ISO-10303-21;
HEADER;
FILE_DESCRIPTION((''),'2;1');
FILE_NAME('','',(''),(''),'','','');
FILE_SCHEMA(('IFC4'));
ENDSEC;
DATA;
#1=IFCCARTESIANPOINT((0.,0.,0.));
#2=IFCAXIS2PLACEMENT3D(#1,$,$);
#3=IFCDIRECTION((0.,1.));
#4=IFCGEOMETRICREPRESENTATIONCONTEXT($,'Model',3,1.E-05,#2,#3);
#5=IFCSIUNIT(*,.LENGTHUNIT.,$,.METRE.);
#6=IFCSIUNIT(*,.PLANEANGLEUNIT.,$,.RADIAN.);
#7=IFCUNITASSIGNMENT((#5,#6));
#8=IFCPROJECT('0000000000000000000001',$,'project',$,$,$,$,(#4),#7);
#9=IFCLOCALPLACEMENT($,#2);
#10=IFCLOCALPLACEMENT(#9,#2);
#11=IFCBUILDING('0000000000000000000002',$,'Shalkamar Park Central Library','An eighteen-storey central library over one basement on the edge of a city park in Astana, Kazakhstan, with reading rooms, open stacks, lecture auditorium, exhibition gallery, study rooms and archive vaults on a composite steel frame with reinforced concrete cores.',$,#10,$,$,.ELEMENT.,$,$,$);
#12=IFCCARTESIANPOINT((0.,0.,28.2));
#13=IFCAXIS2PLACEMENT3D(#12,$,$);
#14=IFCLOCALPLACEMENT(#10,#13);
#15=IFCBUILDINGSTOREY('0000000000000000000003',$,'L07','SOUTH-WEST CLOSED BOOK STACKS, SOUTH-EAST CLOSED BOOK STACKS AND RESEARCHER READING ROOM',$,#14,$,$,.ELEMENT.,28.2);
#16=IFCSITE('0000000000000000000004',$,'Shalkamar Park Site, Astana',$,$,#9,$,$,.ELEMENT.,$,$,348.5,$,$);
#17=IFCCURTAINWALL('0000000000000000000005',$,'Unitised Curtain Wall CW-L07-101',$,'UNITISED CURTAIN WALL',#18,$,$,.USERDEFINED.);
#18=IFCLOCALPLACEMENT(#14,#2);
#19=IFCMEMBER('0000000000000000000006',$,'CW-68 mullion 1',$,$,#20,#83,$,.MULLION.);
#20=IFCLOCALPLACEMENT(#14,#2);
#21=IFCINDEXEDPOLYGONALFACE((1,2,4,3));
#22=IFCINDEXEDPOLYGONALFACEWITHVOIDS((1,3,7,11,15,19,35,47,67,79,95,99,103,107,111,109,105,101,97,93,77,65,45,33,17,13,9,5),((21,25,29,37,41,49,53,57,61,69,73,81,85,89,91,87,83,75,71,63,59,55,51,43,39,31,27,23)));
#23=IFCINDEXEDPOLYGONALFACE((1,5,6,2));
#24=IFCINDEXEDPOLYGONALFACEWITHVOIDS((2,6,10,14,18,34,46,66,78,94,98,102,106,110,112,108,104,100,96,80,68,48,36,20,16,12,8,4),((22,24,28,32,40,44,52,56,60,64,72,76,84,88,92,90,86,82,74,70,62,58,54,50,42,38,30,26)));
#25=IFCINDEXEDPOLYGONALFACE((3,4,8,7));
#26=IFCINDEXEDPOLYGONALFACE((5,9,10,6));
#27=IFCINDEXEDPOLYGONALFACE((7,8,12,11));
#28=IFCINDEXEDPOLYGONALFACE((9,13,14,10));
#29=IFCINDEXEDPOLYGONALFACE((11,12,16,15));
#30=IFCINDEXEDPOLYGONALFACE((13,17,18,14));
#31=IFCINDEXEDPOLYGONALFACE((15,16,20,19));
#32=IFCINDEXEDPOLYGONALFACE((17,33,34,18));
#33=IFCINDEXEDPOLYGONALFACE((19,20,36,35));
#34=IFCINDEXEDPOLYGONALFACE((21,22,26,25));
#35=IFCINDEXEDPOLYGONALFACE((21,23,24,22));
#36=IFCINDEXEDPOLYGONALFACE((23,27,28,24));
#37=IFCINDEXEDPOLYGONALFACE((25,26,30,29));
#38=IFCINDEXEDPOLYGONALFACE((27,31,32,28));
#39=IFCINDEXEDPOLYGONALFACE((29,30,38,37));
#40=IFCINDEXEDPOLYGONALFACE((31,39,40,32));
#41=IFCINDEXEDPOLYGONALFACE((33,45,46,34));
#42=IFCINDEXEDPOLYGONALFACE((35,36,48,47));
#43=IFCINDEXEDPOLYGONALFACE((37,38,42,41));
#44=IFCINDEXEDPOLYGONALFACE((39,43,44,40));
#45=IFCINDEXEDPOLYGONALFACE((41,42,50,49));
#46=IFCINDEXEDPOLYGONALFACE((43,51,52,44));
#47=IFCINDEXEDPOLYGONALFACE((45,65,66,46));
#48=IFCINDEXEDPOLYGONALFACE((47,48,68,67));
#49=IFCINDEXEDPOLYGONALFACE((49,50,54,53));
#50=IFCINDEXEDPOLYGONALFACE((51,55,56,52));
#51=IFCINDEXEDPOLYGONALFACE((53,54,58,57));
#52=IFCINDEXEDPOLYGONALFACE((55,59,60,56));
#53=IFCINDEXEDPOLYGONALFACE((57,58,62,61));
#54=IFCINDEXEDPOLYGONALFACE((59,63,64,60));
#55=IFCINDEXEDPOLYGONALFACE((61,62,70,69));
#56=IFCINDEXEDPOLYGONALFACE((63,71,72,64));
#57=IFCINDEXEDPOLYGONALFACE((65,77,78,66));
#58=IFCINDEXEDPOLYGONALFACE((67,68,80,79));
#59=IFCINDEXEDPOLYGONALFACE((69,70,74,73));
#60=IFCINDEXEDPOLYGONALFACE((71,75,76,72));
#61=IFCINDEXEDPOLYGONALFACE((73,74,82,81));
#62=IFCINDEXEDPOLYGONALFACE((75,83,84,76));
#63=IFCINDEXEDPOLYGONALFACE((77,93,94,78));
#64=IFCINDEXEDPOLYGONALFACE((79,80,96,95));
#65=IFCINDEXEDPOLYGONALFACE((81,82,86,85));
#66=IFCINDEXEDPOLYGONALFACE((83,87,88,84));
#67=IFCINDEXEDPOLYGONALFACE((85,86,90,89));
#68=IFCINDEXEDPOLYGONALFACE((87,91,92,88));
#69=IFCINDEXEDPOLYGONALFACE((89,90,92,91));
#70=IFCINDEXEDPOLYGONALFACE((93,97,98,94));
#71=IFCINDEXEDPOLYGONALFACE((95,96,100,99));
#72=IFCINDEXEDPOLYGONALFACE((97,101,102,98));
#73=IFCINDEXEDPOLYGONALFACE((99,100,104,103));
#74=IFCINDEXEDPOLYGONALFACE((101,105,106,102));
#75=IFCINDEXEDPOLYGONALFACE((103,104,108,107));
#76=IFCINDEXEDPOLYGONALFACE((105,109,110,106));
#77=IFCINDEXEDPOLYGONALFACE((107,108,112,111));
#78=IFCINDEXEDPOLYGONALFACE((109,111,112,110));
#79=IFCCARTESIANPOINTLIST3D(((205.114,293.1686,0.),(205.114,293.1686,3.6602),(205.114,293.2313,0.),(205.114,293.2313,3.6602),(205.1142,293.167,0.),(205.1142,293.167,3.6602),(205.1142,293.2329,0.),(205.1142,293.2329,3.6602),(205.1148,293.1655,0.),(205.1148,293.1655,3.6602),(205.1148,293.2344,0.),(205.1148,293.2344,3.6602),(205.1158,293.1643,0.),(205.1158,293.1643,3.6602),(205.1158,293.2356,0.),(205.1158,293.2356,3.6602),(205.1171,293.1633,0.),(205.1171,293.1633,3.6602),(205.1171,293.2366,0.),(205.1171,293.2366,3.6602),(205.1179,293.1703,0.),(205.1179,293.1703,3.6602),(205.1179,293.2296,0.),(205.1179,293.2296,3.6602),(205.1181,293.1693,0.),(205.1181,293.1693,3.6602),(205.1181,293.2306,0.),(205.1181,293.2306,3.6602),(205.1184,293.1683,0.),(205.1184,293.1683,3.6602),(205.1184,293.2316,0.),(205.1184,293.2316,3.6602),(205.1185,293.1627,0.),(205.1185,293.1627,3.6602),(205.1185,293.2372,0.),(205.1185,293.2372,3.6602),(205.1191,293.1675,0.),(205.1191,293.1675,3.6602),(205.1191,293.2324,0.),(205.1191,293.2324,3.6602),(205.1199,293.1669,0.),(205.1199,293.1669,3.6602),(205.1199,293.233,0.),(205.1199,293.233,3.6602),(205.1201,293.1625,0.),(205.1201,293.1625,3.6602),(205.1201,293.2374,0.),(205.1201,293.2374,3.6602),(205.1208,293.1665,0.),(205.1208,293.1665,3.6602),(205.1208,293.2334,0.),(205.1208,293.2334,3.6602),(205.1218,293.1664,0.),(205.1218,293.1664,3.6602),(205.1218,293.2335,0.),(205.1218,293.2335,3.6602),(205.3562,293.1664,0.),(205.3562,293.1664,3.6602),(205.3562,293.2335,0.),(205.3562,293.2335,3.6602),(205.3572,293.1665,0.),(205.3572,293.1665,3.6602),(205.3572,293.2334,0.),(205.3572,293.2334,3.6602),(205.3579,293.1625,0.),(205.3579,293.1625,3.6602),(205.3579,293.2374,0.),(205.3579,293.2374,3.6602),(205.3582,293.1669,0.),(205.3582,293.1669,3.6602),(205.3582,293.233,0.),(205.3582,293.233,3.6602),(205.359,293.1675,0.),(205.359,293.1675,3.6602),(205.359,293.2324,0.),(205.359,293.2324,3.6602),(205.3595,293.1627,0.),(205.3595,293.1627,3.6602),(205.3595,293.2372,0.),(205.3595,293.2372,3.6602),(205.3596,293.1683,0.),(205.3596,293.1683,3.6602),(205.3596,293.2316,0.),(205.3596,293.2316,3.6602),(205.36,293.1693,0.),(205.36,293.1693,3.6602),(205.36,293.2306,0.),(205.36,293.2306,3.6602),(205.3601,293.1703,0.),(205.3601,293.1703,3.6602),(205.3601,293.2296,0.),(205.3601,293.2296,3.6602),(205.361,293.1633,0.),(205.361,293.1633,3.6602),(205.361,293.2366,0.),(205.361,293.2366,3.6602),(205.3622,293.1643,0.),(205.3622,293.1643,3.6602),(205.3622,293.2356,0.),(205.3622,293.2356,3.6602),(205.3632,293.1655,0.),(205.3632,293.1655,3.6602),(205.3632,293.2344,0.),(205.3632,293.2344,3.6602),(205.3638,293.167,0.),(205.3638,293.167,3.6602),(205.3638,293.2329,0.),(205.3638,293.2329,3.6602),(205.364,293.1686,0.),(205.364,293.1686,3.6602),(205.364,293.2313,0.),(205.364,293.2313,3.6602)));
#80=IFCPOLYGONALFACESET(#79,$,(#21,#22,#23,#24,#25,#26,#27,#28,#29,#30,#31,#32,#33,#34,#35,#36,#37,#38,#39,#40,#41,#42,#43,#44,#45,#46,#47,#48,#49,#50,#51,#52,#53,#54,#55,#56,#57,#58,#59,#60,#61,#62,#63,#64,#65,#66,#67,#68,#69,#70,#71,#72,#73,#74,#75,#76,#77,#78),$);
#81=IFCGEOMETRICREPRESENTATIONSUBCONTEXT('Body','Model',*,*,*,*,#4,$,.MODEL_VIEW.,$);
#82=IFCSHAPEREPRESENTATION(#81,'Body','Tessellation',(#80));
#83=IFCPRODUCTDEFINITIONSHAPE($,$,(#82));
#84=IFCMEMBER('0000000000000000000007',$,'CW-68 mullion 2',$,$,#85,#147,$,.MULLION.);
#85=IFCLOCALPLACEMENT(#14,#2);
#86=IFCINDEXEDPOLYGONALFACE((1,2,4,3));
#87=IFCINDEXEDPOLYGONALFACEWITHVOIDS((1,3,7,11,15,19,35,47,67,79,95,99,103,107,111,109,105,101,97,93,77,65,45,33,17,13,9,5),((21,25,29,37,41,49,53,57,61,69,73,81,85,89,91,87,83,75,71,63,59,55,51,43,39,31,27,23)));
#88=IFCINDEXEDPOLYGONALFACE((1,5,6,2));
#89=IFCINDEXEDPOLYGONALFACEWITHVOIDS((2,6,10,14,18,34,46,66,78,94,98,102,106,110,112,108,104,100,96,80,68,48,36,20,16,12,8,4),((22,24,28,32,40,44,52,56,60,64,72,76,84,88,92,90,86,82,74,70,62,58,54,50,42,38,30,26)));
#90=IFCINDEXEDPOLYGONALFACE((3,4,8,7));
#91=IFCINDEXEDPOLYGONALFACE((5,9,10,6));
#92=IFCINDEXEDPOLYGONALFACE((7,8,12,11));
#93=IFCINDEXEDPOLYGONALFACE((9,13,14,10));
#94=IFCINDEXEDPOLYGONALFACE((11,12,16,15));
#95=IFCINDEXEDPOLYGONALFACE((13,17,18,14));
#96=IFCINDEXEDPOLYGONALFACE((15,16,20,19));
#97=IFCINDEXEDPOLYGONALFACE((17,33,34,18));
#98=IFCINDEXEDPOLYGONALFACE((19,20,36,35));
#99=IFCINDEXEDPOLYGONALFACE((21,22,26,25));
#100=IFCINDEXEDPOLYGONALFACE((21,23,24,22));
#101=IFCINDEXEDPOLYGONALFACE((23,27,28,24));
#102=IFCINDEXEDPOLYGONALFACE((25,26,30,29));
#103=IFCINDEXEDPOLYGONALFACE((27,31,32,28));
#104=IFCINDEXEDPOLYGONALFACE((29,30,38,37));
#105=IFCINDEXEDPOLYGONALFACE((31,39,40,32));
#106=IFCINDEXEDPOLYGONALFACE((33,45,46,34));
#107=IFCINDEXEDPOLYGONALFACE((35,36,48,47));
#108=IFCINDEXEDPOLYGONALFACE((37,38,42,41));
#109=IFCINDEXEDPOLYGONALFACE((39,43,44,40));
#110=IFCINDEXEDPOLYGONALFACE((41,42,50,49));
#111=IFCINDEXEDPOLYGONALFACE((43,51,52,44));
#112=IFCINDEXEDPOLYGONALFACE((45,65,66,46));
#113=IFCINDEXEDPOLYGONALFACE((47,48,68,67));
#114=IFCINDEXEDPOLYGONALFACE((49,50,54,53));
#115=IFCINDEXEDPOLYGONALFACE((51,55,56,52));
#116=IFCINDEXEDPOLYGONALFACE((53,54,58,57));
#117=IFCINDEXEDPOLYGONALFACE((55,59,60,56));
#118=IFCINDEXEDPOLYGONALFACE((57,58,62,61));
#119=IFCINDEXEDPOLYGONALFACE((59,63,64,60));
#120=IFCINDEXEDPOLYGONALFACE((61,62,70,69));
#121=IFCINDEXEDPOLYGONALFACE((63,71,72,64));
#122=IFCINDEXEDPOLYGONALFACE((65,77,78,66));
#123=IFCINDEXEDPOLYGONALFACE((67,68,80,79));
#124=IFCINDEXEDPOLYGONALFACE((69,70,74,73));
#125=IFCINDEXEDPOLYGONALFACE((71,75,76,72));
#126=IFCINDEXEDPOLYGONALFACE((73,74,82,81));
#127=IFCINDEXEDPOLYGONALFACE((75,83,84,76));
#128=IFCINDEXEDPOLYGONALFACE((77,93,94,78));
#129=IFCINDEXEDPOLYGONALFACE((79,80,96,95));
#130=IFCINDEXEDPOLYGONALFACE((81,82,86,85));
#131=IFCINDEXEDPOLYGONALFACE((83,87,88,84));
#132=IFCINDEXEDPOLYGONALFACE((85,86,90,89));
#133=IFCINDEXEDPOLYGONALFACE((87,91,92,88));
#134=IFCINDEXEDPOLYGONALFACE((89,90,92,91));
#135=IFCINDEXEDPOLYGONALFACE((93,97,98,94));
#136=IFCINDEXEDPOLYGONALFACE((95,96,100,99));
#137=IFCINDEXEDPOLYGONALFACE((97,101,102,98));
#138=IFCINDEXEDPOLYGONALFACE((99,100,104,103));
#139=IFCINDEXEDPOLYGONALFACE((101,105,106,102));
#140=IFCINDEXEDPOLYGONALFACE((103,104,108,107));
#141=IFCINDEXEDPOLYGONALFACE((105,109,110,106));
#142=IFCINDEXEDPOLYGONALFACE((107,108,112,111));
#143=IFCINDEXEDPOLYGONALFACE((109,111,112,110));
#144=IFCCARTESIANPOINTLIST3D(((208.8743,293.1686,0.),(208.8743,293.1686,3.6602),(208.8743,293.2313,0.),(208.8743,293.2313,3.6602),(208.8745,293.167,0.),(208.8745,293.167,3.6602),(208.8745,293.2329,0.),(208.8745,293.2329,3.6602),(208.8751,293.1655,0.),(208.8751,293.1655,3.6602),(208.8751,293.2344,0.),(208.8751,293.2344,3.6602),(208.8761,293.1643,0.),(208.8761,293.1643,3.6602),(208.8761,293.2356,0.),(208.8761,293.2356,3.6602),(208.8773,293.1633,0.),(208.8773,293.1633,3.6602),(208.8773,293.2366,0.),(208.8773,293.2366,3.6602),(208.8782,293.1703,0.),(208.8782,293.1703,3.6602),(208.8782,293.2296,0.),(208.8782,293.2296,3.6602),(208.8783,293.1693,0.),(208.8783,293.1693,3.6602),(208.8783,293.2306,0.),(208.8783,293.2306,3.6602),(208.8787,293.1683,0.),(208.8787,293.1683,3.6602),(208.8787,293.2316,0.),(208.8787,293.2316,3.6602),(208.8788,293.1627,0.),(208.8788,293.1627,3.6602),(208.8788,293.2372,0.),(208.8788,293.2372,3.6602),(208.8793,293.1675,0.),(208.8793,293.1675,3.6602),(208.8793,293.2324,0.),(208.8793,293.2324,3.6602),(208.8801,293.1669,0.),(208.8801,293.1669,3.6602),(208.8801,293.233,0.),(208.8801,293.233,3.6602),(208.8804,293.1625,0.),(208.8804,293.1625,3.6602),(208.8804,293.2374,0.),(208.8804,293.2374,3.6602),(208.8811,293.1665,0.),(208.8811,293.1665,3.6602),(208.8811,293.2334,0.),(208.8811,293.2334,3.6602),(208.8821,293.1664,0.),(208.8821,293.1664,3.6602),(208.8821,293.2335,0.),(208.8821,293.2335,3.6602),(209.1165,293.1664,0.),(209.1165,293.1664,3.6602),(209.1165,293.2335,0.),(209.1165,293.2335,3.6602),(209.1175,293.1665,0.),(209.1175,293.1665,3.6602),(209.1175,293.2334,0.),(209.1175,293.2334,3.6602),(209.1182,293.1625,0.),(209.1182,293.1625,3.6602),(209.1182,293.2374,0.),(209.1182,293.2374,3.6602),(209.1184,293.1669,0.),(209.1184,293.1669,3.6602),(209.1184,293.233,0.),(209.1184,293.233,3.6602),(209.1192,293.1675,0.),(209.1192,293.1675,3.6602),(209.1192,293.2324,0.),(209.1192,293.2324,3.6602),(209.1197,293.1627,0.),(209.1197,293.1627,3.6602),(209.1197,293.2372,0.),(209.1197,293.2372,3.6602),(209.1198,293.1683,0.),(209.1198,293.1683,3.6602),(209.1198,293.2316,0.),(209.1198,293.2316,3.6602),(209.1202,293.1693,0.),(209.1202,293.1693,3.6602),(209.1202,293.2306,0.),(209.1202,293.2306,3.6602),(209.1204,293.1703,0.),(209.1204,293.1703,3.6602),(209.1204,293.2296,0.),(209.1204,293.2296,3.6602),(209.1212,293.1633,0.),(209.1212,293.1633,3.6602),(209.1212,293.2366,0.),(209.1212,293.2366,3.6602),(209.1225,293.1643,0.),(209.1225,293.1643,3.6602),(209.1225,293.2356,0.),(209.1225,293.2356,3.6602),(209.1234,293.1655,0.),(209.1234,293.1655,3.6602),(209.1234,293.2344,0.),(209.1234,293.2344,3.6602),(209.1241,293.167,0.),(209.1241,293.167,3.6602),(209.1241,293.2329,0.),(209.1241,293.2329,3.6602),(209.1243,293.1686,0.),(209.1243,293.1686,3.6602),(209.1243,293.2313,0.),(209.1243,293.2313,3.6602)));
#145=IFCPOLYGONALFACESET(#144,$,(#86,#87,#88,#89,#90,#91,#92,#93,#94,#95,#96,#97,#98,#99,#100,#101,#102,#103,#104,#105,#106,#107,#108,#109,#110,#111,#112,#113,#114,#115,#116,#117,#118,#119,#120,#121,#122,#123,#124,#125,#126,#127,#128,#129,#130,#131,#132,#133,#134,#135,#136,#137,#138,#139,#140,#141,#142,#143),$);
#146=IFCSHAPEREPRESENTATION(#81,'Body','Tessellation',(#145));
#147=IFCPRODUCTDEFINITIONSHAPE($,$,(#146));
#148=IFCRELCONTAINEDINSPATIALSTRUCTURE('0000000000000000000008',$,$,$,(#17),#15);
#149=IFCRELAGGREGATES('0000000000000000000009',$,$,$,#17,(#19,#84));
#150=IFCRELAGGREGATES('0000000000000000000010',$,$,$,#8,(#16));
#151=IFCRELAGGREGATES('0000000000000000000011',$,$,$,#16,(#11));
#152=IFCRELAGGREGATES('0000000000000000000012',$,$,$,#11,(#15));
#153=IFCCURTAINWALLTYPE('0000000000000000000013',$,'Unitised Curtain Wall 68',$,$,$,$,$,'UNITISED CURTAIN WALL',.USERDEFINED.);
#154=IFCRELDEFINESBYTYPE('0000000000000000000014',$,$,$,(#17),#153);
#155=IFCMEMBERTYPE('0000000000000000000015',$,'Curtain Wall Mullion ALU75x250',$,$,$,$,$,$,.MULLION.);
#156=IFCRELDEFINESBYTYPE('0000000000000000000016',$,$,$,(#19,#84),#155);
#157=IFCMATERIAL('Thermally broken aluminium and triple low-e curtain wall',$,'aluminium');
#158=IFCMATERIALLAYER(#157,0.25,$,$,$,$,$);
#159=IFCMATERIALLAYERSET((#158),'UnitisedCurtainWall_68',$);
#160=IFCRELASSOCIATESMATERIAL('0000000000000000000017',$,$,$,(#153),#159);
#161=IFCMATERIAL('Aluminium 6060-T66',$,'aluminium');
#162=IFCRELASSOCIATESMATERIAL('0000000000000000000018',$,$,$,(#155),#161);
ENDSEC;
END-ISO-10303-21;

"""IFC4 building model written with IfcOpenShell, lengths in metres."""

from ifc_helpers import new_model, si_unit, direction, frame, origin, origin_2d, place, context, subcontext, project, spatial, hollow_rectangle, extrude, material, layer, layer_set, material_profile, profile_set, type_object, element, aggregate, save


model = new_model("IFC4")

# Units and contexts
model_context = context("Model", 3, precision=1e-05, world=origin(), true_north=direction((0.0, 1.0)))
body_context = subcontext(model_context, "Body", "Model", "MODEL_VIEW")
ifc_project = project(units=[si_unit("LENGTHUNIT", "METRE"), si_unit("PLANEANGLEUNIT", "RADIAN")], contexts=[model_context])

# Site, building, storey
site_placement = place(None, origin())
site = spatial("IfcSite", under=ifc_project, at=site_placement, Name="Shalkamar Park Site, Astana", CompositionType="ELEMENT", RefElevation=348.5)
building_placement = place(site_placement, origin())
building = spatial("IfcBuilding", under=site, at=building_placement, Name="Shalkamar Park Central Library", Description="An eighteen-storey central library over one basement on the edge of a city park in Astana, Kazakhstan, with reading rooms, open stacks, lecture auditorium, exhibition gallery, study rooms and archive vaults on a composite steel frame with reinforced concrete cores.", CompositionType="ELEMENT")
storey_placement = place(building_placement, frame((0.0, 0.0, 28.2)))
storey = spatial("IfcBuildingStorey", under=building, at=storey_placement, Name="L07", Description="SOUTH-WEST CLOSED BOOK STACKS, SOUTH-EAST CLOSED BOOK STACKS AND RESEARCHER READING ROOM", CompositionType="ELEMENT", Elevation=28.2)

# Curtain wall, members
ifc_material_1 = material(Name="Thermally broken aluminium and triple low-e curtain wall", Category="aluminium")
ifc_layer_1 = layer(ifc_material_1, 0.25)
ifc_layer_set_1 = layer_set([ifc_layer_1], Name="UnitisedCurtainWall_68")
curtain_wall_type_1 = type_object("IfcCurtainWallType", Name="Unitised Curtain Wall 68", ElementType="UNITISED CURTAIN WALL", PredefinedType="USERDEFINED", material=ifc_layer_set_1)
curtain_wall_1_placement = place(storey_placement, origin())
curtain_wall_1 = element("IfcCurtainWall", 1, at=curtain_wall_1_placement, inside=storey, type_object=curtain_wall_type_1, Name="Unitised Curtain Wall CW-L07-101", ObjectType="UNITISED CURTAIN WALL", PredefinedType="USERDEFINED")
ifc_material_2 = material(Name="Aluminium 6060-T66", Category="aluminium")
ifc_material_profile_1 = material_profile(ifc_material_2, hollow_rectangle(XDim=0.075, YDim=0.25, WallThickness=0.0039, InnerFilletRadius=0.0039, OuterFilletRadius=0.0061, at=origin_2d()), Name="ALU 75x250x4")
ifc_profile_set_1 = profile_set([ifc_material_profile_1], Name="Aluminium 6060-T66")
member_type_1 = type_object("IfcMemberType", Name="Curtain Wall Mullion ALU75x250", PredefinedType="MULLION", material=ifc_profile_set_1)
member_1_placement = place(storey_placement, frame((205.239, 293.2, 0.0), z_axis=(0.0, 0.0, 1.0), x_axis=(0.0, 1.0, 0.0)))
member_1 = element("IfcMember", 2, at=member_1_placement, type_object=member_type_1, Name="CW-68 mullion 1", PredefinedType="MULLION", context=body_context, shape_type="SweptSolid", body=[
    extrude(hollow_rectangle(XDim=0.075, YDim=0.25, WallThickness=0.0039, InnerFilletRadius=0.0039, OuterFilletRadius=0.0061, at=origin_2d()), origin(), (0.0, 0.0, 1.0), 3.6602),
])
member_2_placement = place(storey_placement, frame((208.9993, 293.2, 0.0), z_axis=(0.0, 0.0, 1.0), x_axis=(0.0, 1.0, 0.0)))
member_2 = element("IfcMember", 3, at=member_2_placement, type_object=member_type_1, Name="CW-68 mullion 2", PredefinedType="MULLION", context=body_context, shape_type="SweptSolid", body=[
    extrude(hollow_rectangle(XDim=0.075, YDim=0.25, WallThickness=0.0039, InnerFilletRadius=0.0039, OuterFilletRadius=0.0061, at=origin_2d()), origin(), (0.0, 0.0, 1.0), 3.6602),
])

aggregate(curtain_wall_1, [member_1, member_2])

save(model, "model.ifc")
